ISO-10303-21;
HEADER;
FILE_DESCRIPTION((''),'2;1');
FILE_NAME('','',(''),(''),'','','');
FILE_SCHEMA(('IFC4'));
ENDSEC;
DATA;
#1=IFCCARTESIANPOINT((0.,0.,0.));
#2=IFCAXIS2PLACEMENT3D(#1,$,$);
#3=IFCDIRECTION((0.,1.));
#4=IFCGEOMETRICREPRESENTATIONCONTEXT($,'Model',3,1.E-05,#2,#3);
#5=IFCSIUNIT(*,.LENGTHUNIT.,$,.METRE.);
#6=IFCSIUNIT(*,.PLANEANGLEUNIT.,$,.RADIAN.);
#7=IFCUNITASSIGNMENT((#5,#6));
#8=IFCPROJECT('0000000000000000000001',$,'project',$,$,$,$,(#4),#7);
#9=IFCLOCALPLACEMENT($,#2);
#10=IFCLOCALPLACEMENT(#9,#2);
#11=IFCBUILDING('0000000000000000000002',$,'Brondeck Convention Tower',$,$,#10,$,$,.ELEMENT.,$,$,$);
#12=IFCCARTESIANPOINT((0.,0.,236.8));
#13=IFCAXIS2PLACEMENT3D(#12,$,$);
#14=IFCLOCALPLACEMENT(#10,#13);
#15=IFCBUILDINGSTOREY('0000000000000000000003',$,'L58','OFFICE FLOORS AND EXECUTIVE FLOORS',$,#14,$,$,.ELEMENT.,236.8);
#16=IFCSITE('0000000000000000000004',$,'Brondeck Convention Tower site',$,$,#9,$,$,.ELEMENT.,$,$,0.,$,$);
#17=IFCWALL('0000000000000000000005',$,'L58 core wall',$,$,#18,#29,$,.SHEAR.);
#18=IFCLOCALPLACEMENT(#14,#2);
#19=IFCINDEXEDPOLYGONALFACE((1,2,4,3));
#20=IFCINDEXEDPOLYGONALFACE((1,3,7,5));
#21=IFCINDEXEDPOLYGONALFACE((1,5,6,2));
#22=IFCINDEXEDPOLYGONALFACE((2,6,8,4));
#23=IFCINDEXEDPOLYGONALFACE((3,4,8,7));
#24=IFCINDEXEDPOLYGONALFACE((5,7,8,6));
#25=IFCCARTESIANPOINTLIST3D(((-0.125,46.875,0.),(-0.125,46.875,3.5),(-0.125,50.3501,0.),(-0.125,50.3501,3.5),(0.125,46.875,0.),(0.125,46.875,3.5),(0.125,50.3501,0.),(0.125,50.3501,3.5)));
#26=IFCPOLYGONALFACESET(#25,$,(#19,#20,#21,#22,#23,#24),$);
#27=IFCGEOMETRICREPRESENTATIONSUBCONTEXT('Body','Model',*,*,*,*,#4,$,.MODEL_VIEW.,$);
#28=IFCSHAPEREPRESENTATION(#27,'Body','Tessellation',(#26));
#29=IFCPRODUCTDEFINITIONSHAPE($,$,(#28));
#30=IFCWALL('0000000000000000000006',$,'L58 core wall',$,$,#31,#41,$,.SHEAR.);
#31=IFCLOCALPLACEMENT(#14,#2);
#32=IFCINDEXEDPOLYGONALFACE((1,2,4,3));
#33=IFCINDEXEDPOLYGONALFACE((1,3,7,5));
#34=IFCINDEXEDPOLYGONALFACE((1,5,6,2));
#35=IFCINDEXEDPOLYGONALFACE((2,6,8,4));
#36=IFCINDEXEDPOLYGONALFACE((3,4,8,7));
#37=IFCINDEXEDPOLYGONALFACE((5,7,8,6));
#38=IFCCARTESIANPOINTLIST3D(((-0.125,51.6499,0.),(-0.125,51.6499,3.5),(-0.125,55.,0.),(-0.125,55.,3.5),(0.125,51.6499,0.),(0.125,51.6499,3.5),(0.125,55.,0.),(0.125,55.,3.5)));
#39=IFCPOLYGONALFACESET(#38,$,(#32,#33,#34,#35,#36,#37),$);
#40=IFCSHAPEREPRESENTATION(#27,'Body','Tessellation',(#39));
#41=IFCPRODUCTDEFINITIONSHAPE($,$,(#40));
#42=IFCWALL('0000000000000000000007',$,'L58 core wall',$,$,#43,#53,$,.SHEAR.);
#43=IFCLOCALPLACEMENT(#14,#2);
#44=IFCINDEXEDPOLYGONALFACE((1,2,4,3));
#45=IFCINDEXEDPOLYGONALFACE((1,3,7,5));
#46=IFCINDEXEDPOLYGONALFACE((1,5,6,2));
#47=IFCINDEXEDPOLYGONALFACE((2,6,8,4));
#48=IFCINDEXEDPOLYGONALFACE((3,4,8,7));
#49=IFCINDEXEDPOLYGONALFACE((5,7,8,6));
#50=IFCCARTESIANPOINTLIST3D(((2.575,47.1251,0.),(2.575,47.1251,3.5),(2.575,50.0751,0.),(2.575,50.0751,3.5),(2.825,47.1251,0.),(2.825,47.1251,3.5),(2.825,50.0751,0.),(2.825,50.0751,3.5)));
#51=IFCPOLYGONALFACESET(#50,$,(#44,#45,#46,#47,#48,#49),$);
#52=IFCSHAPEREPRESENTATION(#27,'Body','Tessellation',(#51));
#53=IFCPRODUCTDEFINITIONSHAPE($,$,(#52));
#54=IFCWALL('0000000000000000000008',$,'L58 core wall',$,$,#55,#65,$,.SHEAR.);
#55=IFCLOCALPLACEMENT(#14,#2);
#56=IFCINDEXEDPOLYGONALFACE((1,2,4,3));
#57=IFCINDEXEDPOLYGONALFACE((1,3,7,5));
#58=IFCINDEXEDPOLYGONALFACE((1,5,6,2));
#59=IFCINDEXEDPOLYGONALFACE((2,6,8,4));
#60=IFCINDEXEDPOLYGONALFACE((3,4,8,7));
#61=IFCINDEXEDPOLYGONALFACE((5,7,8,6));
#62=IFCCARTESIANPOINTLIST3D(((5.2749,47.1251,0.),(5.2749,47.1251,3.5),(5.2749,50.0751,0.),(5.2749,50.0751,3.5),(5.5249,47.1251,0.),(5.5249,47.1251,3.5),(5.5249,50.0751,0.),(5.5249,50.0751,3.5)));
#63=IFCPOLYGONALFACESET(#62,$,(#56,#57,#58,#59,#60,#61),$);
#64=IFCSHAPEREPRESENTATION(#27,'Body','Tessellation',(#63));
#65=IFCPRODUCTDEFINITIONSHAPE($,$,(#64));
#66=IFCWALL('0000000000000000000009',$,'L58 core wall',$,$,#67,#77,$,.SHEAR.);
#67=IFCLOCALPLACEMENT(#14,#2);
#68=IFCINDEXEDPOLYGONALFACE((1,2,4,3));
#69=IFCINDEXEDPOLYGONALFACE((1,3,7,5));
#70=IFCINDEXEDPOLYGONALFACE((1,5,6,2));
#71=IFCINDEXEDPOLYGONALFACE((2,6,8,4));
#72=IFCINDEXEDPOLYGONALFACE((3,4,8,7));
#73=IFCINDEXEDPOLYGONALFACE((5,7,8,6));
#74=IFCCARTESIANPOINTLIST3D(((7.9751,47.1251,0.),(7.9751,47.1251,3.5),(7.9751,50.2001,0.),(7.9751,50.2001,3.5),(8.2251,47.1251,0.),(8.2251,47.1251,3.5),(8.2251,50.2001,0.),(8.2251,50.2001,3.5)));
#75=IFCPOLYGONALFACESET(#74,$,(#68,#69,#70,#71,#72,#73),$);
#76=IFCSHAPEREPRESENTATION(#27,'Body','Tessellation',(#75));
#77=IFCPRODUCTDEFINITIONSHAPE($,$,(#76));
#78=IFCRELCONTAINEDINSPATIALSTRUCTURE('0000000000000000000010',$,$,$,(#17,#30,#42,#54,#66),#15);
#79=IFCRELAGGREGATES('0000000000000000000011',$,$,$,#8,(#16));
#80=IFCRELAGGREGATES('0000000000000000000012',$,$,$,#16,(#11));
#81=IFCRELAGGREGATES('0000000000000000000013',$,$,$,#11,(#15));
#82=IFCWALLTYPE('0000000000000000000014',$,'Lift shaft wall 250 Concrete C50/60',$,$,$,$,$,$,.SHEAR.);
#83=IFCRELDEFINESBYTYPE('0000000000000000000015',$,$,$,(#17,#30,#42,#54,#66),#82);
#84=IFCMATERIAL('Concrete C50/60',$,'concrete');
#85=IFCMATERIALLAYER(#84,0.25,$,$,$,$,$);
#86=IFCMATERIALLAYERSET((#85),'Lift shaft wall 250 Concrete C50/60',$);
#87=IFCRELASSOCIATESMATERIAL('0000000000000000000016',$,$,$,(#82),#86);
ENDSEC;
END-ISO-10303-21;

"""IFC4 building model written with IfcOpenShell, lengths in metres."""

from ifc_helpers import new_model, si_unit, direction, frame, frame_2d, origin, place, context, subcontext, project, spatial, rectangle, extrude, material, layer, layer_set, type_object, element, save


model = new_model("IFC4")

# Units and contexts
model_context = context("Model", 3, precision=1e-05, world=origin(), true_north=direction((0.0, 1.0)))
body_context = subcontext(model_context, "Body", "Model", "MODEL_VIEW")
ifc_project = project(units=[si_unit("LENGTHUNIT", "METRE"), si_unit("PLANEANGLEUNIT", "RADIAN")], contexts=[model_context])

# Site, building, storey
site_placement = place(None, origin())
site = spatial("IfcSite", under=ifc_project, at=site_placement, Name="Brondeck Convention Tower site", CompositionType="ELEMENT", RefElevation=0.0)
building_placement = place(site_placement, origin())
building = spatial("IfcBuilding", under=site, at=building_placement, Name="Brondeck Convention Tower", CompositionType="ELEMENT")
storey_placement = place(building_placement, frame((0.0, 0.0, 236.8)))
storey = spatial("IfcBuildingStorey", under=building, at=storey_placement, Name="L58", Description="OFFICE FLOORS AND EXECUTIVE FLOORS", CompositionType="ELEMENT", Elevation=236.8)

# Shared definitions
ifc_material_1 = material(Name="Concrete C50/60", Category="concrete")

# Shared definitions
ifc_layer_1 = layer(ifc_material_1, 0.25)
ifc_layer_set_1 = layer_set([ifc_layer_1], Name="Lift shaft wall 250 Concrete C50/60")
wall_type_1 = type_object("IfcWallType", Name="Lift shaft wall 250 Concrete C50/60", PredefinedType="SHEAR", material=ifc_layer_set_1)

# Walls
wall_1_placement = place(storey_placement, frame((0.0, 46.875, 0.0), z_axis=(0.0, 0.0, 1.0), x_axis=(0.0, 1.0, 0.0)))
element("IfcWall", 1, at=wall_1_placement, inside=storey, type_object=wall_type_1, Name="L58 core wall", PredefinedType="SHEAR", context=body_context, shape_type="SweptSolid", body=[
    extrude(rectangle(XDim=3.4751, YDim=0.25, at=frame_2d((1.7375, 0.0))), origin(), (0.0, 0.0, 1.0), 3.5),
])
wall_2_placement = place(storey_placement, frame((0.0, 51.6499, 0.0), z_axis=(0.0, 0.0, 1.0), x_axis=(0.0, 1.0, 0.0)))
element("IfcWall", 2, at=wall_2_placement, inside=storey, type_object=wall_type_1, Name="L58 core wall", PredefinedType="SHEAR", context=body_context, shape_type="SweptSolid", body=[
    extrude(rectangle(XDim=3.3501, YDim=0.25, at=frame_2d((1.675, 0.0))), origin(), (0.0, 0.0, 1.0), 3.5),
])
for number, where, z_axis, x_axis, name in (
    (3, (2.7, 47.125, 0.0), (0.0, 0.0, 1.0), (0.0, 1.0, 0.0), "L58 core wall"),
    (4, (5.3999, 47.125, 0.0), (0.0, 0.0, 1.0), (0.0, 1.0, 0.0), "L58 core wall"),
):
    element("IfcWall", number, at=place(storey_placement, frame(where, z_axis=z_axis, x_axis=x_axis)), inside=storey, type_object=wall_type_1, Name=name, PredefinedType="SHEAR", context=body_context, shape_type="SweptSolid", body=[
        extrude(rectangle(XDim=2.95, YDim=0.25, at=frame_2d((1.4751, 0.0))), origin(), (0.0, 0.0, 1.0), 3.5),
    ])
wall_3_placement = place(storey_placement, frame((8.1001, 47.125, 0.0), z_axis=(0.0, 0.0, 1.0), x_axis=(0.0, 1.0, 0.0)))
element("IfcWall", 5, at=wall_3_placement, inside=storey, type_object=wall_type_1, Name="L58 core wall", PredefinedType="SHEAR", context=body_context, shape_type="SweptSolid", body=[
    extrude(rectangle(XDim=3.075, YDim=0.25, at=frame_2d((1.5376, 0.0))), origin(), (0.0, 0.0, 1.0), 3.5),
])

save(model, "model.ifc")
